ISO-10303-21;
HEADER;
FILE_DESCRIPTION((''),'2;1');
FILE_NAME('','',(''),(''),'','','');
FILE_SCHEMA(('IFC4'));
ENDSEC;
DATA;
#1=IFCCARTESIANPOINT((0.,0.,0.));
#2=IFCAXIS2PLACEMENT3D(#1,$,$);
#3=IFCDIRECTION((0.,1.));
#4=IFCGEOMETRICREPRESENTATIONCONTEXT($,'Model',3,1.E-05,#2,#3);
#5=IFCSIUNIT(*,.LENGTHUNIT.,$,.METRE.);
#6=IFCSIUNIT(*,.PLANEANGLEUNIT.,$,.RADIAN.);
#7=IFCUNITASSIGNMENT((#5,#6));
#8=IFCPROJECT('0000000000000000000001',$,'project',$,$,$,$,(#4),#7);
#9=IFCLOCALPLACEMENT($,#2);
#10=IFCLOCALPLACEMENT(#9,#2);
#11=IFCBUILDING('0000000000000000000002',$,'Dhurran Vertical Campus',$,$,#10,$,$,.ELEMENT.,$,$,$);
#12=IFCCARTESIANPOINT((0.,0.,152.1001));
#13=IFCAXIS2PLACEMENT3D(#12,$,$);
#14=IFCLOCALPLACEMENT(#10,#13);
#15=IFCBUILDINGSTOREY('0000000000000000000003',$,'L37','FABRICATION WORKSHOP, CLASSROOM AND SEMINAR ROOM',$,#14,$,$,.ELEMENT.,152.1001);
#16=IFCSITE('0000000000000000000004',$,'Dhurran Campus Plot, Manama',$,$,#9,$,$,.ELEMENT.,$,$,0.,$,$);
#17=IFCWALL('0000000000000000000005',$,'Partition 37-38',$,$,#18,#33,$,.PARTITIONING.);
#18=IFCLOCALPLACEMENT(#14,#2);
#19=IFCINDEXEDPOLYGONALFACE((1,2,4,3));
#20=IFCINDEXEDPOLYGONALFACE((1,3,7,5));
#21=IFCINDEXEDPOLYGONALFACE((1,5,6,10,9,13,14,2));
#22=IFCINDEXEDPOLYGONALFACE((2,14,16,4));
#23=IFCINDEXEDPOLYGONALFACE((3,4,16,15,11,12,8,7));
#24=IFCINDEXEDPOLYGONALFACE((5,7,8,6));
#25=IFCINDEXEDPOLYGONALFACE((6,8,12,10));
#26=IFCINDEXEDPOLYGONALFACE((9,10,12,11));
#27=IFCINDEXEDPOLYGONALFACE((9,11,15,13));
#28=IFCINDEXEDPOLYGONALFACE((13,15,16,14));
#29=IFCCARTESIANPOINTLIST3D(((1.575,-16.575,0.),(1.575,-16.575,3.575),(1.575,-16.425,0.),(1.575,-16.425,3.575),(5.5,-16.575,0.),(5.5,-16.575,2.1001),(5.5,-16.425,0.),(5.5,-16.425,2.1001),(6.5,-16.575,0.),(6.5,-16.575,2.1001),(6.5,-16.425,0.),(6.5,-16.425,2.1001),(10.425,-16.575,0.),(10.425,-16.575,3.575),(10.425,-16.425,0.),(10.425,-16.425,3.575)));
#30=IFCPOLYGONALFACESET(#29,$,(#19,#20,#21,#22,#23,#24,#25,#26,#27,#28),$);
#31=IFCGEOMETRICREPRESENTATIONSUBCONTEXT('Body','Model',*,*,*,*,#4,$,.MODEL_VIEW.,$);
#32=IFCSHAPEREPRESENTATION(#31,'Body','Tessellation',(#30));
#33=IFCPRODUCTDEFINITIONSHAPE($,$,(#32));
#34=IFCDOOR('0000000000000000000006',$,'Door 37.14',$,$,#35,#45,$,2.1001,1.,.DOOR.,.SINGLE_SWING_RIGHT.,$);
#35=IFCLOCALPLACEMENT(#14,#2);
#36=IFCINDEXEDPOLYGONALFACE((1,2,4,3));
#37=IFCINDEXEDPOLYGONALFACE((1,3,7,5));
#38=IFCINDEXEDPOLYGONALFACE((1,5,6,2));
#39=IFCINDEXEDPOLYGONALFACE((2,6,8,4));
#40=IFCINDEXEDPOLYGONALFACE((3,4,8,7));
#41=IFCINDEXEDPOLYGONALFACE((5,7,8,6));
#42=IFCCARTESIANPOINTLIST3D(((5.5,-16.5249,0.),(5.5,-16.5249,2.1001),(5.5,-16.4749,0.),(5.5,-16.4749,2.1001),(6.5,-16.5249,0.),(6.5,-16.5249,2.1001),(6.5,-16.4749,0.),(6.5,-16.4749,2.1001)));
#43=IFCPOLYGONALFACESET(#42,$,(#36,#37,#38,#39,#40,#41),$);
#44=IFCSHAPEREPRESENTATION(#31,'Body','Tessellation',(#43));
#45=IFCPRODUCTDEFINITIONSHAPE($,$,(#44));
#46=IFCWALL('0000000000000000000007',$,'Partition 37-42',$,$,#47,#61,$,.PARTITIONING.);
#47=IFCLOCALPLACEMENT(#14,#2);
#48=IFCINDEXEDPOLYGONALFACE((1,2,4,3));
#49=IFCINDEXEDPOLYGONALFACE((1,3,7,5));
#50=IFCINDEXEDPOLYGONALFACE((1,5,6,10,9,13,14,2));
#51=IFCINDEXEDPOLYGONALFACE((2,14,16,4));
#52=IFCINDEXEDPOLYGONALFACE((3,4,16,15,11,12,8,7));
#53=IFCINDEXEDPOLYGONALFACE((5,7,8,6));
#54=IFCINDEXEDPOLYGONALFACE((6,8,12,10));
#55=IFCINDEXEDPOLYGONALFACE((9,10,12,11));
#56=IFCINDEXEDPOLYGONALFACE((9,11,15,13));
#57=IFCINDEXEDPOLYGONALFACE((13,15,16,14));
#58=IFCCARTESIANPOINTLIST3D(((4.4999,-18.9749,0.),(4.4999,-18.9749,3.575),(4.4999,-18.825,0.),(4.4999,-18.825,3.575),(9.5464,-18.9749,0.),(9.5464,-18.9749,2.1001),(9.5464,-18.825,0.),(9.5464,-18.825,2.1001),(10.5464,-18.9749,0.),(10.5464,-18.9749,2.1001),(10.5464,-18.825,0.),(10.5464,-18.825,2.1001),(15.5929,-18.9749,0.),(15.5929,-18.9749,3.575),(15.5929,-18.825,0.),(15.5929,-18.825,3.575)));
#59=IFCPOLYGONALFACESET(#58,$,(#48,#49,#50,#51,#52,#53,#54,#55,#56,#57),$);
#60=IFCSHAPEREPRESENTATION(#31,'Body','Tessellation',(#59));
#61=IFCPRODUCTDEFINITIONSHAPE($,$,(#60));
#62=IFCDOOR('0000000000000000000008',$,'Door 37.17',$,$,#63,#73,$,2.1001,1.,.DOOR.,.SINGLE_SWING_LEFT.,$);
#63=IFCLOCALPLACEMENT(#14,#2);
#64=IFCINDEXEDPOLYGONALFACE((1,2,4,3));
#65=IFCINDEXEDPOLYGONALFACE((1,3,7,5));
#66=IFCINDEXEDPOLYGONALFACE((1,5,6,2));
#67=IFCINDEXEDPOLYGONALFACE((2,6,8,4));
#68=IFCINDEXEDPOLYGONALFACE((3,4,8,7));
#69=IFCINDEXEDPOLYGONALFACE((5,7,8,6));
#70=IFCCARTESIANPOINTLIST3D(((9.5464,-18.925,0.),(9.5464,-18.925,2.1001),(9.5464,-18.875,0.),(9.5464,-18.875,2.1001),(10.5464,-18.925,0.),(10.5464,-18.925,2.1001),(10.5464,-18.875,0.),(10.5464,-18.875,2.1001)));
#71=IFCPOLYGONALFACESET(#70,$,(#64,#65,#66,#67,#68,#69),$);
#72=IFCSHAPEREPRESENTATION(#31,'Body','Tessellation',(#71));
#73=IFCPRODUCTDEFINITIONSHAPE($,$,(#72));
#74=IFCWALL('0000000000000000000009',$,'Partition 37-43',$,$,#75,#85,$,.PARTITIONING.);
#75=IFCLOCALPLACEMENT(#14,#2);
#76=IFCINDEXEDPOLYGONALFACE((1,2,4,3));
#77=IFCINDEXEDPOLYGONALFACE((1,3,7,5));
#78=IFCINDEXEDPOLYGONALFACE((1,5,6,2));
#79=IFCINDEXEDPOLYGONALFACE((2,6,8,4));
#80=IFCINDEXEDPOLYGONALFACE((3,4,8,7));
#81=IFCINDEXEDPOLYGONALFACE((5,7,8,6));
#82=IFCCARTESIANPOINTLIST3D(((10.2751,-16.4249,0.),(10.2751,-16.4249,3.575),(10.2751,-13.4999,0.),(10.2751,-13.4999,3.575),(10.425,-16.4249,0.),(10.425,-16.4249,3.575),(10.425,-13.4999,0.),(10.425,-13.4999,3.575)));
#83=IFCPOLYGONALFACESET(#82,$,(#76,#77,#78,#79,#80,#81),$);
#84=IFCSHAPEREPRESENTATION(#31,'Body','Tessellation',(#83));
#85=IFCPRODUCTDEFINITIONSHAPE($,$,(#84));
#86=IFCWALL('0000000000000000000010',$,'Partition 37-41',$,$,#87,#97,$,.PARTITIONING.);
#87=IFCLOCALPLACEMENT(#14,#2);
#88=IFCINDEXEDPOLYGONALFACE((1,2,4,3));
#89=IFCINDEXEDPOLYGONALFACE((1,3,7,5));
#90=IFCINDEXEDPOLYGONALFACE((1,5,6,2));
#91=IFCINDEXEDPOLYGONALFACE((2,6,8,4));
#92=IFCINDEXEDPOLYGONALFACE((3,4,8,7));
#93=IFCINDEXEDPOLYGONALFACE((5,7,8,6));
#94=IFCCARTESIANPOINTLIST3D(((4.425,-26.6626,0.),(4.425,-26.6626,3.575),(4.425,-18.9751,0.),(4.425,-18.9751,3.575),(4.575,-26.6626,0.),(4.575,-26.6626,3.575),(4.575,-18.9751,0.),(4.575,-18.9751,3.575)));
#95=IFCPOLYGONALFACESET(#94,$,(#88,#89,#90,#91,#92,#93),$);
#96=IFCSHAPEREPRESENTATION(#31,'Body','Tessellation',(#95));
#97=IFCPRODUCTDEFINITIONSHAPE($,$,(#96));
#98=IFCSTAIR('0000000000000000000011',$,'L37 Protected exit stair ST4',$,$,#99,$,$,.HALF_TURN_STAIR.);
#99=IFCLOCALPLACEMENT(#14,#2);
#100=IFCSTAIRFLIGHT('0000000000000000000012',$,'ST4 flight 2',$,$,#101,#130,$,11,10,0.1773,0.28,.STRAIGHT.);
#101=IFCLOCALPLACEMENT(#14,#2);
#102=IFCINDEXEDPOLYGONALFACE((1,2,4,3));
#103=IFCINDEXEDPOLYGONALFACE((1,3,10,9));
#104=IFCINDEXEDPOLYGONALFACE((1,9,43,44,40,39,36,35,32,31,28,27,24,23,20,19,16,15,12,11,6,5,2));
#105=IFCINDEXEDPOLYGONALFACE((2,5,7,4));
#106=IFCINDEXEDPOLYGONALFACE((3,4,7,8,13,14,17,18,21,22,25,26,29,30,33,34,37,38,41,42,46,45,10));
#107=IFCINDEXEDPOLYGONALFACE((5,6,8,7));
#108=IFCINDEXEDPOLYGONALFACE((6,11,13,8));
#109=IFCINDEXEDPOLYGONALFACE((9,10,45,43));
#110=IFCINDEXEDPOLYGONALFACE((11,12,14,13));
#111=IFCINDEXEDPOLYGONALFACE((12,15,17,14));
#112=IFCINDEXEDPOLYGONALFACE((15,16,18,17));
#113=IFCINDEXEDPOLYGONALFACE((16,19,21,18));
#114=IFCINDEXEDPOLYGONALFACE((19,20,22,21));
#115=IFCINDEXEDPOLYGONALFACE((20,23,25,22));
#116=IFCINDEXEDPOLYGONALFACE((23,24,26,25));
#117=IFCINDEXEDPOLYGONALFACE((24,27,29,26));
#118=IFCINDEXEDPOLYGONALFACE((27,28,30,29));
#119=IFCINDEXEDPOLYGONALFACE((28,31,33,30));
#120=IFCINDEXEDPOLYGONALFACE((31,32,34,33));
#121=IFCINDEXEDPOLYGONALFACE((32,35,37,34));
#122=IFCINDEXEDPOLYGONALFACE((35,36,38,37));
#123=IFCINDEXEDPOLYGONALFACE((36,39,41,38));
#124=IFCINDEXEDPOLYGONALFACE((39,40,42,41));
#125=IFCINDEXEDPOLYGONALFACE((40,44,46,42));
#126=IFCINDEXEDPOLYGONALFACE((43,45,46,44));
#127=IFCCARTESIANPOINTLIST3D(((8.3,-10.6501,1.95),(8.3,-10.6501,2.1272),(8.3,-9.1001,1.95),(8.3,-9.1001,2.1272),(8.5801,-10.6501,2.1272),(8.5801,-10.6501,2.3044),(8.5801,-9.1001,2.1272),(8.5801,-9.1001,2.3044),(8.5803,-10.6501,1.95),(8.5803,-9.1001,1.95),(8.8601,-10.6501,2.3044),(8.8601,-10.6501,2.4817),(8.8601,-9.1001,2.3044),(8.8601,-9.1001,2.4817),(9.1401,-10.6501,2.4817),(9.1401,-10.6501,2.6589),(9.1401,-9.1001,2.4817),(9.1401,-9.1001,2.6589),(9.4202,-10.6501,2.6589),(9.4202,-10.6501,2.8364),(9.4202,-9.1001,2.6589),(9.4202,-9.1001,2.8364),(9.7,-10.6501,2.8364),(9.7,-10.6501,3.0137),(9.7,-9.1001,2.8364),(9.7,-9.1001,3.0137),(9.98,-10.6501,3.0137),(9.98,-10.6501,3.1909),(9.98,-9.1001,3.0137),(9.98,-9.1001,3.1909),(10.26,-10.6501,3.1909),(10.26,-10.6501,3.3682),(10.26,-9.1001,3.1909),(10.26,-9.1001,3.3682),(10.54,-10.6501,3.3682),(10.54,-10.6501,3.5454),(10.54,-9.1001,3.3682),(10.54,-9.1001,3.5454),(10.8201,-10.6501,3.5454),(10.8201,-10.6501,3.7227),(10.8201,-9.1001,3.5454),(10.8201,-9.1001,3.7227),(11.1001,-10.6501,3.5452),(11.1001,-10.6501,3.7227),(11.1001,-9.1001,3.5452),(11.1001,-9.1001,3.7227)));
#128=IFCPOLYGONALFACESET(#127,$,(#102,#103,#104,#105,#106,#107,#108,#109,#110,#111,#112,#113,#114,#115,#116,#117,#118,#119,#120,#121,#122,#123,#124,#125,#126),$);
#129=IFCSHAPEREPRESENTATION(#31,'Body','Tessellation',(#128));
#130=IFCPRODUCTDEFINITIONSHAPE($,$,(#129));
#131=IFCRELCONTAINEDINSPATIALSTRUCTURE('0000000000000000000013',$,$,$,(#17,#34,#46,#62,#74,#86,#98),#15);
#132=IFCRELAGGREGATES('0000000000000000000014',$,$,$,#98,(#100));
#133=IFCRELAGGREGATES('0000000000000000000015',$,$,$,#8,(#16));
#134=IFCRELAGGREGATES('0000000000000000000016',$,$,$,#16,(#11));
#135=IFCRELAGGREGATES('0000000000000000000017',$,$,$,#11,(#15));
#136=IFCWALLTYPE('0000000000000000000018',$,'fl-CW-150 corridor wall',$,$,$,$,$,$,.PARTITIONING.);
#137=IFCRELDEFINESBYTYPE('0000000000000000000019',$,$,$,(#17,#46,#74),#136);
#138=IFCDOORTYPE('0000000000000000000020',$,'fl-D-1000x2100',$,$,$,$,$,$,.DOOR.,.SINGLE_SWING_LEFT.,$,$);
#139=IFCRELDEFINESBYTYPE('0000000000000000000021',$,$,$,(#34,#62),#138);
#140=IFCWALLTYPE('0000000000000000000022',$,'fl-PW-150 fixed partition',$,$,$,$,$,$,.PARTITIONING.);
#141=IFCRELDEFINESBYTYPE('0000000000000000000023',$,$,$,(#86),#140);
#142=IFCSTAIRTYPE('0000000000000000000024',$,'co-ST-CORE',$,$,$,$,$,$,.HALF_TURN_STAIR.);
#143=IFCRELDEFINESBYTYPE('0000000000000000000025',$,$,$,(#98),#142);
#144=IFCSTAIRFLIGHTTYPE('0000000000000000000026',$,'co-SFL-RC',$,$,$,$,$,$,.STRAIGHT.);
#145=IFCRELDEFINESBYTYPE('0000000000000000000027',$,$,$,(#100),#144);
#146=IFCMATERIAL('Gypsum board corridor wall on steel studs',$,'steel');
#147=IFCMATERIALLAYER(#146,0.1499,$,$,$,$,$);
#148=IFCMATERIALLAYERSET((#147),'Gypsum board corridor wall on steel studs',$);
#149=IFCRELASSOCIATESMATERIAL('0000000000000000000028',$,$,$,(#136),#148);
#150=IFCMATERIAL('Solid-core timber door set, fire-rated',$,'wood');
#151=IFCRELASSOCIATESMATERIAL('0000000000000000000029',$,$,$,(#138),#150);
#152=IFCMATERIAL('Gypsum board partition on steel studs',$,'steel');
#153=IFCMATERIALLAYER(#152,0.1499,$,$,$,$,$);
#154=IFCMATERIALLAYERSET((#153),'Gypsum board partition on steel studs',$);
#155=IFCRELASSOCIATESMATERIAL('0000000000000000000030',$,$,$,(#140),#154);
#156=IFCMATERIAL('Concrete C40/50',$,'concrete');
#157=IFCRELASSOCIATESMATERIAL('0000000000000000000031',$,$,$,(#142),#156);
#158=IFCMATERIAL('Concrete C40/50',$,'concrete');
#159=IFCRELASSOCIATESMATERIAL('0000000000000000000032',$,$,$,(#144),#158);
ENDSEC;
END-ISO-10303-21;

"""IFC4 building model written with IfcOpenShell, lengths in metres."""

from ifc_helpers import new_model, si_unit, direction, frame, frame_2d, origin, place, context, subcontext, project, spatial, polyline, rectangle, outline, extrude, material, layer, layer_set, type_object, element, fill, aggregate, save


model = new_model("IFC4")

# Units and contexts
model_context = context("Model", 3, precision=1e-05, world=origin(), true_north=direction((0.0, 1.0)))
body_context = subcontext(model_context, "Body", "Model", "MODEL_VIEW")
ifc_project = project(units=[si_unit("LENGTHUNIT", "METRE"), si_unit("PLANEANGLEUNIT", "RADIAN")], contexts=[model_context])

# Site, building, storey
site_placement = place(None, origin())
site = spatial("IfcSite", under=ifc_project, at=site_placement, Name="Dhurran Campus Plot, Manama", CompositionType="ELEMENT", RefElevation=0.0)
building_placement = place(site_placement, origin())
building = spatial("IfcBuilding", under=site, at=building_placement, Name="Dhurran Vertical Campus", CompositionType="ELEMENT")
storey_placement = place(building_placement, frame((0.0, 0.0, 152.1001)))
storey = spatial("IfcBuildingStorey", under=building, at=storey_placement, Name="L37", Description="FABRICATION WORKSHOP, CLASSROOM AND SEMINAR ROOM", CompositionType="ELEMENT", Elevation=152.1001)

# Shared definitions
ifc_material_1 = material(Name="Gypsum board corridor wall on steel studs", Category="steel")
ifc_layer_1 = layer(ifc_material_1, 0.1499)
ifc_layer_set_1 = layer_set([ifc_layer_1], Name="Gypsum board corridor wall on steel studs")
wall_type_1 = type_object("IfcWallType", Name="fl-CW-150 corridor wall", PredefinedType="PARTITIONING", material=ifc_layer_set_1)

# Walls, openings, doors
wall_1_placement = place(storey_placement, frame((10.425, -16.5, 0.0), z_axis=(0.0, 0.0, 1.0), x_axis=(-1.0, 0.0, 0.0)))
wall_1 = element("IfcWall", 1, at=wall_1_placement, inside=storey, type_object=wall_type_1, Name="Partition 37-38", PredefinedType="PARTITIONING", context=body_context, shape_type="SweptSolid", body=[
    extrude(rectangle(XDim=8.8501, YDim=0.1499, at=frame_2d((4.425, 0.0))), origin(), (0.0, 0.0, 1.0), 3.575),
])
opening_1_placement = place(wall_1_placement, frame((3.925, 0.0, 0.0)))
opening_1 = element("IfcOpeningElement", 2, at=opening_1_placement, cuts=wall_1, PredefinedType="OPENING", context=body_context, shape_type="SweptSolid", body=[
    extrude(rectangle(XDim=1.0, YDim=2.1001, at=frame_2d((0.5, 1.05))), frame((0.0, 0.085, 0.0), z_axis=(0.0, -1.0, 0.0), x_axis=(1.0, 0.0, 0.0)), (0.0, 0.0, 1.0), 0.1699),
])
ifc_material_2 = material(Name="Solid-core timber door set, fire-rated", Category="wood")
door_type_1 = type_object("IfcDoorType", Name="fl-D-1000x2100", OperationType="SINGLE_SWING_LEFT", PredefinedType="DOOR", material=ifc_material_2)
door_1_placement = place(opening_1_placement, origin())
door_1 = element("IfcDoor", 3, at=door_1_placement, inside=storey, type_object=door_type_1, Name="Door 37.14", OperationType="SINGLE_SWING_RIGHT", OverallHeight=2.1001, OverallWidth=1.0, PredefinedType="DOOR", context=body_context, shape_type="SweptSolid", body=[
    extrude(rectangle(XDim=1.0, YDim=2.1001, at=frame_2d((0.5, 1.05))), frame((0.0, 0.0249, 0.0), z_axis=(0.0, -1.0, 0.0), x_axis=(1.0, 0.0, 0.0)), (0.0, 0.0, 1.0), 0.05),
])
fill(opening_1, door_1)
wall_2_placement = place(storey_placement, frame((4.5, -18.8999, 0.0), z_axis=(0.0, 0.0, 1.0), x_axis=(1.0, 0.0, 0.0)))
wall_2 = element("IfcWall", 4, at=wall_2_placement, inside=storey, type_object=wall_type_1, Name="Partition 37-42", PredefinedType="PARTITIONING", context=body_context, shape_type="SweptSolid", body=[
    extrude(rectangle(XDim=11.093, YDim=0.1499, at=frame_2d((5.5464, 0.0))), origin(), (0.0, 0.0, 1.0), 3.575),
])
opening_2_placement = place(wall_2_placement, frame((5.0464, 0.0, 0.0)))
opening_2 = element("IfcOpeningElement", 5, at=opening_2_placement, cuts=wall_2, PredefinedType="OPENING", context=body_context, shape_type="SweptSolid", body=[
    extrude(rectangle(XDim=1.0, YDim=2.1001, at=frame_2d((0.5, 1.05))), frame((0.0, 0.085, 0.0), z_axis=(0.0, -1.0, 0.0), x_axis=(1.0, 0.0, 0.0)), (0.0, 0.0, 1.0), 0.1699),
])
door_2_placement = place(opening_2_placement, origin())
door_2 = element("IfcDoor", 6, at=door_2_placement, inside=storey, type_object=door_type_1, Name="Door 37.17", OperationType="SINGLE_SWING_LEFT", OverallHeight=2.1001, OverallWidth=1.0, PredefinedType="DOOR", context=body_context, shape_type="SweptSolid", body=[
    extrude(rectangle(XDim=1.0, YDim=2.1001, at=frame_2d((0.5, 1.05))), frame((0.0, 0.0249, 0.0), z_axis=(0.0, -1.0, 0.0), x_axis=(1.0, 0.0, 0.0)), (0.0, 0.0, 1.0), 0.05),
])
fill(opening_2, door_2)

# Walls
wall_3_placement = place(storey_placement, frame((10.3501, -13.5, 0.0), z_axis=(0.0, 0.0, 1.0), x_axis=(0.0, -1.0, 0.0)))
element("IfcWall", 7, at=wall_3_placement, inside=storey, type_object=wall_type_1, Name="Partition 37-43", PredefinedType="PARTITIONING", context=body_context, shape_type="SweptSolid", body=[
    extrude(rectangle(XDim=2.925, YDim=0.1499, at=frame_2d((1.4624, 0.0))), origin(), (0.0, 0.0, 1.0), 3.575),
])
ifc_material_3 = material(Name="Gypsum board partition on steel studs", Category="steel")
ifc_layer_2 = layer(ifc_material_3, 0.1499)
ifc_layer_set_2 = layer_set([ifc_layer_2], Name="Gypsum board partition on steel studs")
wall_type_2 = type_object("IfcWallType", Name="fl-PW-150 fixed partition", PredefinedType="PARTITIONING", material=ifc_layer_set_2)
wall_4_placement = place(storey_placement, frame((4.5, -18.9751, 0.0), z_axis=(0.0, 0.0, 1.0), x_axis=(0.0, -1.0, 0.0)))
element("IfcWall", 8, at=wall_4_placement, inside=storey, type_object=wall_type_2, Name="Partition 37-41", PredefinedType="PARTITIONING", context=body_context, shape_type="SweptSolid", body=[
    extrude(rectangle(XDim=7.6875, YDim=0.1499, at=frame_2d((3.8438, 0.0))), origin(), (0.0, 0.0, 1.0), 3.575),
])

# Stair, stair flight
ifc_material_4 = material(Name="Concrete C40/50", Category="concrete")
stair_type = type_object("IfcStairType", Name="co-ST-CORE", PredefinedType="HALF_TURN_STAIR", material=ifc_material_4)
stair_placement = place(storey_placement, origin())
stair = element("IfcStair", 9, at=stair_placement, inside=storey, type_object=stair_type, Name="L37 Protected exit stair ST4", PredefinedType="HALF_TURN_STAIR")
ifc_material_5 = material(Name="Concrete C40/50", Category="concrete")
stair_flight_type = type_object("IfcStairFlightType", Name="co-SFL-RC", PredefinedType="STRAIGHT", material=ifc_material_5)
stair_flight_placement = place(storey_placement, frame((8.3, -9.875, 1.95), z_axis=(0.0, 0.0, 1.0), x_axis=(1.0, 0.0, 0.0)))
stair_flight = element("IfcStairFlight", 10, at=stair_flight_placement, type_object=stair_flight_type, Name="ST4 flight 2", NumberOfRisers=11, NumberOfTreads=10, PredefinedType="STRAIGHT", RiserHeight=0.1773, TreadLength=0.28, context=body_context, shape_type="SweptSolid", body=[
    extrude(outline(polyline([(0.0, 0.0), (0.0, 0.1772), (0.28, 0.1772), (0.28, 0.3545), (0.5601, 0.3545), (0.5601, 0.5317), (0.8401, 0.5317), (0.8401, 0.709), (1.1201, 0.709), (1.1201, 0.8865), (1.3999, 0.8865), (1.3999, 1.0637), (1.6799, 1.0637), (1.6799, 1.241), (1.96, 1.241), (1.96, 1.4182), (2.24, 1.4182), (2.24, 1.5955), (2.52, 1.5955), (2.52, 1.7727), (2.8, 1.7727), (2.8, 1.95), (2.8, 1.5952), (0.2803, 0.0), (0.0, 0.0)])), frame((0.0, 0.7749, 0.0), z_axis=(0.0, -1.0, 0.0), x_axis=(1.0, 0.0, 0.0)), (0.0, 0.0, 1.0), 1.55),
])
aggregate(stair, [stair_flight])

save(model, "model.ifc")
